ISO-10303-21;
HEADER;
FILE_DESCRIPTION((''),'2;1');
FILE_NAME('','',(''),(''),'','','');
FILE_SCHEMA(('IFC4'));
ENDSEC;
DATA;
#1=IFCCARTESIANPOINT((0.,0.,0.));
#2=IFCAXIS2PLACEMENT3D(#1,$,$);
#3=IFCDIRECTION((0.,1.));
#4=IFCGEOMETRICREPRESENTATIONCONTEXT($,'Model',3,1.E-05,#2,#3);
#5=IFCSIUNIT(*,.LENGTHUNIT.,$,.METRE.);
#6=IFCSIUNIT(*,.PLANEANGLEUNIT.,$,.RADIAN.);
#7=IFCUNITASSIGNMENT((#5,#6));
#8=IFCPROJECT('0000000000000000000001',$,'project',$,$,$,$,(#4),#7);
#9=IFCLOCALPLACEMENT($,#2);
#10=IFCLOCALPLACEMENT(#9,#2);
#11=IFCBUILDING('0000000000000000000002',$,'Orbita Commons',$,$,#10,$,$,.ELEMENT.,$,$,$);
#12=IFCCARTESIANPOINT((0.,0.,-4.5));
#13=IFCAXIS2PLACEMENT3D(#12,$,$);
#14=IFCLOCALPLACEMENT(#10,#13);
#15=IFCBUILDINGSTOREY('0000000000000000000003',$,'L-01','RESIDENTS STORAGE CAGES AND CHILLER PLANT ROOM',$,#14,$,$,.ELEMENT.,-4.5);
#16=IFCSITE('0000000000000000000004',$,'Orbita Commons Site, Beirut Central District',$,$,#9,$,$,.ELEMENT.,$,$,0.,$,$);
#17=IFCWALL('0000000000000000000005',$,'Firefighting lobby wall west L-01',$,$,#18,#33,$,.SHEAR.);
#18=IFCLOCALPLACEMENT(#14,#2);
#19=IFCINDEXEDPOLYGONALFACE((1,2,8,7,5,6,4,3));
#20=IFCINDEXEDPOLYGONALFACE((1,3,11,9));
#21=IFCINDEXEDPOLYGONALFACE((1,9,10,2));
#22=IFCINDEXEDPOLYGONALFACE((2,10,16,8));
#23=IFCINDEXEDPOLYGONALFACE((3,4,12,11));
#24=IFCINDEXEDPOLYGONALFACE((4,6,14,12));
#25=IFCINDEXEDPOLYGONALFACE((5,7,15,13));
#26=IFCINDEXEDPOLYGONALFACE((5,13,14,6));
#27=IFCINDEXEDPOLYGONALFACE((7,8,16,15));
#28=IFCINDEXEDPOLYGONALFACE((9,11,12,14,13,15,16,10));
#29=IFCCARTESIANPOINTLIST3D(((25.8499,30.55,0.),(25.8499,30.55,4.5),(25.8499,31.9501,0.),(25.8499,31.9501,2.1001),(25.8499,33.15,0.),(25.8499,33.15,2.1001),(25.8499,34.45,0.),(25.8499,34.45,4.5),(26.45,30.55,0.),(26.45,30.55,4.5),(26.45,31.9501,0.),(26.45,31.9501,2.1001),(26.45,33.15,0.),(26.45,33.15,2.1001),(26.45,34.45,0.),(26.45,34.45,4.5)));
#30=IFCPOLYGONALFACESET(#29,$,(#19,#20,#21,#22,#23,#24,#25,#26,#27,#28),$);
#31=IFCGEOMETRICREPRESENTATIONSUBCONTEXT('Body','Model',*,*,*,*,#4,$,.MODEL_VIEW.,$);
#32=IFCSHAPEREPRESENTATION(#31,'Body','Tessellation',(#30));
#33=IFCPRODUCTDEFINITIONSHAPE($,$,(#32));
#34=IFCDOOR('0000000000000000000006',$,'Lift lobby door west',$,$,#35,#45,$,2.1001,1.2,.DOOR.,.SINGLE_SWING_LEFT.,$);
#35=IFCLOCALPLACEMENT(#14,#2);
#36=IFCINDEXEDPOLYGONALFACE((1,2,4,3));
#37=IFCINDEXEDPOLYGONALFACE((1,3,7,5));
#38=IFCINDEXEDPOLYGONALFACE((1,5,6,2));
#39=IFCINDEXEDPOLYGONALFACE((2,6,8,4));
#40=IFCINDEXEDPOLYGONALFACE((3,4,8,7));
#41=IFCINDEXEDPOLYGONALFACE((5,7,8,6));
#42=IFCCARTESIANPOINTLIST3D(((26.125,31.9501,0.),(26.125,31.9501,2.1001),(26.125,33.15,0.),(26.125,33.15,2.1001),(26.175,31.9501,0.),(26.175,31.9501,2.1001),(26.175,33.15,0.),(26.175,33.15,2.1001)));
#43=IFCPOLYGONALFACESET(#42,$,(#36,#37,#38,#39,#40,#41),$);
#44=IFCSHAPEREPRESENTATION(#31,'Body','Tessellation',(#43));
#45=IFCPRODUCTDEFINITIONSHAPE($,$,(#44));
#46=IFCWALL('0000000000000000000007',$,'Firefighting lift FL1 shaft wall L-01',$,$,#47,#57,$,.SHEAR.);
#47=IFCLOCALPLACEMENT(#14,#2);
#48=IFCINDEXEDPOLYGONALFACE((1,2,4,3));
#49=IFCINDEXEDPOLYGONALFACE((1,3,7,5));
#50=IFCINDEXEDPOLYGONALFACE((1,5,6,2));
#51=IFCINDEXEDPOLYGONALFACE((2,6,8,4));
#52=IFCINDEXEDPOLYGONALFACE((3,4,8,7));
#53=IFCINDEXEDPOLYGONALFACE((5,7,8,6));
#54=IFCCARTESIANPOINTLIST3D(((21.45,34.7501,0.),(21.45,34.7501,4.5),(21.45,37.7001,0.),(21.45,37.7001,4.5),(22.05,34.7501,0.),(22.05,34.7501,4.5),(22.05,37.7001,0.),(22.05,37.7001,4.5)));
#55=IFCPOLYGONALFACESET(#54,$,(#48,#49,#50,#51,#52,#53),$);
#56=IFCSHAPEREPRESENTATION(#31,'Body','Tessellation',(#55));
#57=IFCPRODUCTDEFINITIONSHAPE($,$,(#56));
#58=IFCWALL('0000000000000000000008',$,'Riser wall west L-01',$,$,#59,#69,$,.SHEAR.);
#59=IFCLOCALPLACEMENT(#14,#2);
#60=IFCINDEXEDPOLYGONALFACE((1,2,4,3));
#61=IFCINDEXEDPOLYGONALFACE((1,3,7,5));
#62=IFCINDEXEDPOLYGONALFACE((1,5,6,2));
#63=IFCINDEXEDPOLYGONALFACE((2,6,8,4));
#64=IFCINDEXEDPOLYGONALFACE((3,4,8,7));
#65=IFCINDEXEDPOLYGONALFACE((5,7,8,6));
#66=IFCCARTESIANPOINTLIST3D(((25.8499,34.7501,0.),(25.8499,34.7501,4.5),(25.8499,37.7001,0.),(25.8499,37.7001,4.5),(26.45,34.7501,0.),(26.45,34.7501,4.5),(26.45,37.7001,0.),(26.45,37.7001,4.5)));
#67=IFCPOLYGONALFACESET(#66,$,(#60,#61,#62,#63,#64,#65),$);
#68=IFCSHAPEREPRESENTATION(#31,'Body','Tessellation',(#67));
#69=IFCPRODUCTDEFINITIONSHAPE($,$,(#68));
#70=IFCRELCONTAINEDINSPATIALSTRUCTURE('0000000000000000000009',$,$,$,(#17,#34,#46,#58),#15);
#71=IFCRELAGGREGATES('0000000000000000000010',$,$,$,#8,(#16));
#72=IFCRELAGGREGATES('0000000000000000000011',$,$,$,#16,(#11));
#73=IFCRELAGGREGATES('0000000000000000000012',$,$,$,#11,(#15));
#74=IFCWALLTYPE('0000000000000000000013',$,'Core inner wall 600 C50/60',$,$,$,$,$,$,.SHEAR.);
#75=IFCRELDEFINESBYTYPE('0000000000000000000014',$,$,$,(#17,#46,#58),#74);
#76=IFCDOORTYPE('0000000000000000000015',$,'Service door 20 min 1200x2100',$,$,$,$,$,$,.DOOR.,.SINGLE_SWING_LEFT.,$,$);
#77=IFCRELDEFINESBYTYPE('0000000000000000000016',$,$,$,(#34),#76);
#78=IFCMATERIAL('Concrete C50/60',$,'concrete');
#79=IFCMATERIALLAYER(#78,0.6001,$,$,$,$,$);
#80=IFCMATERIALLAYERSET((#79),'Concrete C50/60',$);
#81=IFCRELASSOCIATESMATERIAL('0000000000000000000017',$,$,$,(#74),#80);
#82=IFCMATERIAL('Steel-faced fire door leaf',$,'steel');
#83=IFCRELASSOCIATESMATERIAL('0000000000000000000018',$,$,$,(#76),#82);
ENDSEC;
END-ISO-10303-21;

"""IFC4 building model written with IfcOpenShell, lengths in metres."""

from ifc_helpers import new_model, si_unit, direction, frame, frame_2d, origin, place, context, subcontext, project, spatial, rectangle, extrude, material, layer, layer_set, type_object, element, fill, save


model = new_model("IFC4")

# Units and contexts
model_context = context("Model", 3, precision=1e-05, world=origin(), true_north=direction((0.0, 1.0)))
body_context = subcontext(model_context, "Body", "Model", "MODEL_VIEW")
ifc_project = project(units=[si_unit("LENGTHUNIT", "METRE"), si_unit("PLANEANGLEUNIT", "RADIAN")], contexts=[model_context])

# Site, building, storey
site_placement = place(None, origin())
site = spatial("IfcSite", under=ifc_project, at=site_placement, Name="Orbita Commons Site, Beirut Central District", CompositionType="ELEMENT", RefElevation=0.0)
building_placement = place(site_placement, origin())
building = spatial("IfcBuilding", under=site, at=building_placement, Name="Orbita Commons", CompositionType="ELEMENT")
storey_placement = place(building_placement, frame((0.0, 0.0, -4.5)))
storey = spatial("IfcBuildingStorey", under=building, at=storey_placement, Name="L-01", Description="RESIDENTS STORAGE CAGES AND CHILLER PLANT ROOM", CompositionType="ELEMENT", Elevation=-4.5)

# Wall, opening, door
ifc_material_1 = material(Name="Concrete C50/60", Category="concrete")
ifc_layer = layer(ifc_material_1, 0.6001)
ifc_layer_set = layer_set([ifc_layer], Name="Concrete C50/60")
wall_type = type_object("IfcWallType", Name="Core inner wall 600 C50/60", PredefinedType="SHEAR", material=ifc_layer_set)
wall_placement = place(storey_placement, frame((26.1499, 30.55, 0.0), z_axis=(0.0, 0.0, 1.0), x_axis=(0.0, 1.0, 0.0)))
wall = element("IfcWall", 1, at=wall_placement, inside=storey, type_object=wall_type, Name="Firefighting lobby wall west L-01", PredefinedType="SHEAR", context=body_context, shape_type="SweptSolid", body=[
    extrude(rectangle(XDim=3.8999, YDim=0.6001, at=frame_2d((1.95, 0.0))), origin(), (0.0, 0.0, 1.0), 4.5),
])
opening_placement = place(wall_placement, frame((1.3999, 0.0, 0.0)))
opening = element("IfcOpeningElement", 2, at=opening_placement, cuts=wall, PredefinedType="OPENING", context=body_context, shape_type="SweptSolid", body=[
    extrude(rectangle(XDim=1.2, YDim=2.1001, at=frame_2d((0.6001, 1.05))), frame((0.0, 0.3101, 0.0), z_axis=(0.0, -1.0, 0.0), x_axis=(1.0, 0.0, 0.0)), (0.0, 0.0, 1.0), 0.6201),
])
ifc_material_2 = material(Name="Steel-faced fire door leaf", Category="steel")
door_type = type_object("IfcDoorType", Name="Service door 20 min 1200x2100", OperationType="SINGLE_SWING_LEFT", PredefinedType="DOOR", material=ifc_material_2)
door_placement = place(opening_placement, origin())
door = element("IfcDoor", 3, at=door_placement, inside=storey, type_object=door_type, Name="Lift lobby door west", OperationType="SINGLE_SWING_LEFT", OverallHeight=2.1001, OverallWidth=1.2, PredefinedType="DOOR", context=body_context, shape_type="SweptSolid", body=[
    extrude(rectangle(XDim=1.2, YDim=2.1001, at=frame_2d((0.6001, 1.05))), frame((0.0, 0.0249, 0.0), z_axis=(0.0, -1.0, 0.0), x_axis=(1.0, 0.0, 0.0)), (0.0, 0.0, 1.0), 0.05),
])
fill(opening, door)

# Walls
for number, where, z_axis, x_axis, name in (
    (4, (21.75, 34.75, 0.0), (0.0, 0.0, 1.0), (0.0, 1.0, 0.0), "Firefighting lift FL1 shaft wall L-01"),
    (5, (26.1499, 34.75, 0.0), (0.0, 0.0, 1.0), (0.0, 1.0, 0.0), "Riser wall west L-01"),
):
    element("IfcWall", number, at=place(storey_placement, frame(where, z_axis=z_axis, x_axis=x_axis)), inside=storey, type_object=wall_type, Name=name, PredefinedType="SHEAR", context=body_context, shape_type="SweptSolid", body=[
        extrude(rectangle(XDim=2.95, YDim=0.6001, at=frame_2d((1.4751, 0.0))), origin(), (0.0, 0.0, 1.0), 4.5),
    ])

save(model, "model.ifc")
